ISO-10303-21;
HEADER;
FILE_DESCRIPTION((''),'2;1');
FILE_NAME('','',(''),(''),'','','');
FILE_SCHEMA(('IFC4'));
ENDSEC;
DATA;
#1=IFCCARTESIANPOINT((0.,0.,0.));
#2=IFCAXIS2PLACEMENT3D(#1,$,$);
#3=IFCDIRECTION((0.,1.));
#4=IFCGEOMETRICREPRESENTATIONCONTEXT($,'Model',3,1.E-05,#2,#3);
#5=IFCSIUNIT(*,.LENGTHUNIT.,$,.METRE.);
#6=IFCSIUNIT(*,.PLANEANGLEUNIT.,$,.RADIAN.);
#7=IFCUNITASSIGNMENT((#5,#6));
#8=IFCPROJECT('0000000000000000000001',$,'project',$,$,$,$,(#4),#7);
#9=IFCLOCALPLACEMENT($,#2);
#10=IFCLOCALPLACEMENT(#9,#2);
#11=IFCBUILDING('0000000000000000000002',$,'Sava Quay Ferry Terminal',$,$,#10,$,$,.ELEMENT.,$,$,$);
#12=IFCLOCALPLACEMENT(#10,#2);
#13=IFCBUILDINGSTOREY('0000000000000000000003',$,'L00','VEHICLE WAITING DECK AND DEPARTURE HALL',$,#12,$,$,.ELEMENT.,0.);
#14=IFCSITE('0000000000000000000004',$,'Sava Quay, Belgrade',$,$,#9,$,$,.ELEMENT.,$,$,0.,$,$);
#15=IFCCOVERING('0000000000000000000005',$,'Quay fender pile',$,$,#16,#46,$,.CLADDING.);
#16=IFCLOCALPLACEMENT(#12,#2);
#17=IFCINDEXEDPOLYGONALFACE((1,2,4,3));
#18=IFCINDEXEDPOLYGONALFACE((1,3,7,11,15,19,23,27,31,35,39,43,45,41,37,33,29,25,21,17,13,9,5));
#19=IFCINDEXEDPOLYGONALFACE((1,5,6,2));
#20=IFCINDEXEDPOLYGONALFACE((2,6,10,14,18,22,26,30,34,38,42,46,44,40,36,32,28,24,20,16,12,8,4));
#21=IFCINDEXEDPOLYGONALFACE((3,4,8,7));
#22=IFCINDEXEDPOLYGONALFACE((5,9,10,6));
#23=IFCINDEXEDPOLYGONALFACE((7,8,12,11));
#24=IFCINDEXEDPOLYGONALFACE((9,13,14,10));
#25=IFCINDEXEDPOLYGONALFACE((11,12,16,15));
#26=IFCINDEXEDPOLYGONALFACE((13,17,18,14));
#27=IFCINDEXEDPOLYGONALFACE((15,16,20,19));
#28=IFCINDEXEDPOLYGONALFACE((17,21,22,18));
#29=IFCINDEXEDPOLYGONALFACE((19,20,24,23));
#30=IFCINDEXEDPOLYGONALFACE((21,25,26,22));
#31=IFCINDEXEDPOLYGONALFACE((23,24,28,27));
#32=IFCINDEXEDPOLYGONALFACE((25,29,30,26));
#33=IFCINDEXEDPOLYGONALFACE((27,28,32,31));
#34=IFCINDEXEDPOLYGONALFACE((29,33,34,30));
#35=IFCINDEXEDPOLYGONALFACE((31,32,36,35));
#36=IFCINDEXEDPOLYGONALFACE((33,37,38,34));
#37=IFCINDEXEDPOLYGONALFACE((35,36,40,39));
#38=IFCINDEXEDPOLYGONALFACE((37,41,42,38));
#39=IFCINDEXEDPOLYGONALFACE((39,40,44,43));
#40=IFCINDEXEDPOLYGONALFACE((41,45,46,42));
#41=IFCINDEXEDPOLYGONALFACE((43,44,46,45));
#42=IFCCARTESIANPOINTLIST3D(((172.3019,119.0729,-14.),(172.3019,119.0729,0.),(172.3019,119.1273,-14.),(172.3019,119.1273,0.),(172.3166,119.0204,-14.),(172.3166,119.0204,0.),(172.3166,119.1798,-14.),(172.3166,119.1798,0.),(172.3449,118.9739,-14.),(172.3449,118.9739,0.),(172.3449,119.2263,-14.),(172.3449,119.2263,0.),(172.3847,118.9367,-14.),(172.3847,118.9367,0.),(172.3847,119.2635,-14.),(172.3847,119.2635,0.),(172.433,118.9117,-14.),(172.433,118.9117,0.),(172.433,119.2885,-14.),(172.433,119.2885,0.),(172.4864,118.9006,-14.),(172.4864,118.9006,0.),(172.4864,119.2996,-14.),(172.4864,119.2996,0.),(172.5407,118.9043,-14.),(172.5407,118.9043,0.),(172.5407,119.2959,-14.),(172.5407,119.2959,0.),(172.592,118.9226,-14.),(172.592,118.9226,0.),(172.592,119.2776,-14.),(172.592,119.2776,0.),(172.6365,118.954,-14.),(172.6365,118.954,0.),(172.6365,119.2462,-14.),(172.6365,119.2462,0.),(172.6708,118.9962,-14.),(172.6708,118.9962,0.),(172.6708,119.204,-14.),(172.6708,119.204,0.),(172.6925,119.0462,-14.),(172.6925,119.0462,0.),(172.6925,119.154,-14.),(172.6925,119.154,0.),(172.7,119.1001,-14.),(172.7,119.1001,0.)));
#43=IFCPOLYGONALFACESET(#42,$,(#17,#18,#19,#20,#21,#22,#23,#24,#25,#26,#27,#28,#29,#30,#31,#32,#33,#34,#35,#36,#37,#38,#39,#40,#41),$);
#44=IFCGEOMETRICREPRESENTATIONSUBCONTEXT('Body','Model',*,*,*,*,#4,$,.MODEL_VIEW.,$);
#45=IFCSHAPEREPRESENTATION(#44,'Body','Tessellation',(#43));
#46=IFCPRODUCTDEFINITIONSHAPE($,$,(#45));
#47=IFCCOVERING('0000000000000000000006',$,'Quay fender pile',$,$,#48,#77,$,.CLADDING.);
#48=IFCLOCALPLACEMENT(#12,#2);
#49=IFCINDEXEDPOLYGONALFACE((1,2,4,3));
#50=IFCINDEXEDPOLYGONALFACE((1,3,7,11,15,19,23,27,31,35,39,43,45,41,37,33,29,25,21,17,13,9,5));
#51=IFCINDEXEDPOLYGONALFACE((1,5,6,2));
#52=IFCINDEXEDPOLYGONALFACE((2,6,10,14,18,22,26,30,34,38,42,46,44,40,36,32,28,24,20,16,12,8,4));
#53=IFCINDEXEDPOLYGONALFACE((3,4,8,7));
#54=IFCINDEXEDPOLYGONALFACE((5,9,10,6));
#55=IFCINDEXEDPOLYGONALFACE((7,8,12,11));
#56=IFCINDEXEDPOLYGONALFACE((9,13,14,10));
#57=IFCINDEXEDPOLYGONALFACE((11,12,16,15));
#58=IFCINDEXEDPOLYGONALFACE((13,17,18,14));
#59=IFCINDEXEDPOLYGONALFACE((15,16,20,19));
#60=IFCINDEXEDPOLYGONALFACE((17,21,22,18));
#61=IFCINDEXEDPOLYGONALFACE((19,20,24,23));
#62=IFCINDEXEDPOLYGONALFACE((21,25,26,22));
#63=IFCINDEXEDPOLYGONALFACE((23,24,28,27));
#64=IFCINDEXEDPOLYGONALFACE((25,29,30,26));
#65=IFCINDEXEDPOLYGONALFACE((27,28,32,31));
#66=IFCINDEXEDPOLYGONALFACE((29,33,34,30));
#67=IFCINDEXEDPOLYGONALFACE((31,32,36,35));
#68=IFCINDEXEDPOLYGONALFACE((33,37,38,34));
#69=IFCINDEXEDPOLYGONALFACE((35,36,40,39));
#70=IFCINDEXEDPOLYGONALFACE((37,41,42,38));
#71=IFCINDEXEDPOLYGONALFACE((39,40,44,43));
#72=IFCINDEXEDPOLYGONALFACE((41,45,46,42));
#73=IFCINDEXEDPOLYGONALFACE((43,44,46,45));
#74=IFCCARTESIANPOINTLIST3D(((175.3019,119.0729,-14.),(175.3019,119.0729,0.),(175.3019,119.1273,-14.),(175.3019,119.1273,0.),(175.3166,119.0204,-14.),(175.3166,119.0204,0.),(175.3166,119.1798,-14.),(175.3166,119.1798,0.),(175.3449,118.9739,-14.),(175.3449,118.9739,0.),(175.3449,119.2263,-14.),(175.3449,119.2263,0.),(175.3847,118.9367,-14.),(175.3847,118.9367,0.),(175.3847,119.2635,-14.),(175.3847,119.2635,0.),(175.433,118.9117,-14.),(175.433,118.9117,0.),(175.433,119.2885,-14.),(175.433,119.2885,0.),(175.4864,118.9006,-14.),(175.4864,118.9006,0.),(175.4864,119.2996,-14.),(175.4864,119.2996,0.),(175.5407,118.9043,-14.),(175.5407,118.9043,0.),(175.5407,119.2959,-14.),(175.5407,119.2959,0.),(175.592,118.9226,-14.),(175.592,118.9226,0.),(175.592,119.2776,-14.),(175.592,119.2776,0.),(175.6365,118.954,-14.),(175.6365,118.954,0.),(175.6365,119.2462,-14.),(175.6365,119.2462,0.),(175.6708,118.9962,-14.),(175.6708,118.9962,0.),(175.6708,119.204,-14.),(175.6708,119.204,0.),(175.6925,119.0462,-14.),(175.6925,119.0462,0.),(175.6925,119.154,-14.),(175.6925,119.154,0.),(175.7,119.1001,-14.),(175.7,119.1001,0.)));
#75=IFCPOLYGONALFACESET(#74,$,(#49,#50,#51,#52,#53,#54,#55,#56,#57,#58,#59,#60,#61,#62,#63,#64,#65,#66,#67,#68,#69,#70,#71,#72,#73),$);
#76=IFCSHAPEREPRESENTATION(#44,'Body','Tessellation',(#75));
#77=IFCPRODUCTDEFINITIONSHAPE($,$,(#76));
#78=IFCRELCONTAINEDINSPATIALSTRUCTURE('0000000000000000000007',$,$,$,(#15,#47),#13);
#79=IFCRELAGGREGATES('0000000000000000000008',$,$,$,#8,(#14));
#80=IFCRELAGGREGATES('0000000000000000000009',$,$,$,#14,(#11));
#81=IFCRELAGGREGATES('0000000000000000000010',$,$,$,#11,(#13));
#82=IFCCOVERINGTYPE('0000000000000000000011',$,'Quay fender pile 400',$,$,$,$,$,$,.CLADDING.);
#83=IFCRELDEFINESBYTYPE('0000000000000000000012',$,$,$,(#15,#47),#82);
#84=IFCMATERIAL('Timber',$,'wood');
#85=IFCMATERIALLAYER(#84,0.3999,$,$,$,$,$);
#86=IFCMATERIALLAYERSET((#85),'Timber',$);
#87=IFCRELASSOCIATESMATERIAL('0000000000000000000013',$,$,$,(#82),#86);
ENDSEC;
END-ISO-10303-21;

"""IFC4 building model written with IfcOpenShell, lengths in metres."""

from ifc_helpers import new_model, si_unit, direction, frame, origin, origin_2d, place, context, subcontext, project, spatial, circle, extrude, material, layer, layer_set, type_object, element, save


model = new_model("IFC4")

# Units and contexts
model_context = context("Model", 3, precision=1e-05, world=origin(), true_north=direction((0.0, 1.0)))
body_context = subcontext(model_context, "Body", "Model", "MODEL_VIEW")
ifc_project = project(units=[si_unit("LENGTHUNIT", "METRE"), si_unit("PLANEANGLEUNIT", "RADIAN")], contexts=[model_context])

# Site, building, storey
site_placement = place(None, origin())
site = spatial("IfcSite", under=ifc_project, at=site_placement, Name="Sava Quay, Belgrade", CompositionType="ELEMENT", RefElevation=0.0)
building_placement = place(site_placement, origin())
building = spatial("IfcBuilding", under=site, at=building_placement, Name="Sava Quay Ferry Terminal", CompositionType="ELEMENT")
storey_placement = place(building_placement, origin())
storey = spatial("IfcBuildingStorey", under=building, at=storey_placement, Name="L00", Description="VEHICLE WAITING DECK AND DEPARTURE HALL", CompositionType="ELEMENT", Elevation=0.0)

# Coverings
ifc_material_1 = material(Name="Timber", Category="wood")
ifc_layer_1 = layer(ifc_material_1, 0.3999)
ifc_layer_set_1 = layer_set([ifc_layer_1], Name="Timber")
covering_type_1 = type_object("IfcCoveringType", Name="Quay fender pile 400", PredefinedType="CLADDING", material=ifc_layer_set_1)
for number, where, z_axis, x_axis, name in (
    (1, (172.5, 119.1001, 0.0), (0.0, 0.0, -1.0), (1.0, 0.0, 0.0), "Quay fender pile"),
    (2, (175.5, 119.1001, 0.0), (0.0, 0.0, -1.0), (1.0, 0.0, 0.0), "Quay fender pile"),
):
    element("IfcCovering", number, at=place(storey_placement, frame(where, z_axis=z_axis, x_axis=x_axis)), inside=storey, type_object=covering_type_1, Name=name, PredefinedType="CLADDING", context=body_context, shape_type="SweptSolid", body=[
        extrude(circle(Radius=0.2, at=origin_2d()), origin(), (0.0, 0.0, 1.0), 14.0),
    ])

save(model, "model.ifc")
